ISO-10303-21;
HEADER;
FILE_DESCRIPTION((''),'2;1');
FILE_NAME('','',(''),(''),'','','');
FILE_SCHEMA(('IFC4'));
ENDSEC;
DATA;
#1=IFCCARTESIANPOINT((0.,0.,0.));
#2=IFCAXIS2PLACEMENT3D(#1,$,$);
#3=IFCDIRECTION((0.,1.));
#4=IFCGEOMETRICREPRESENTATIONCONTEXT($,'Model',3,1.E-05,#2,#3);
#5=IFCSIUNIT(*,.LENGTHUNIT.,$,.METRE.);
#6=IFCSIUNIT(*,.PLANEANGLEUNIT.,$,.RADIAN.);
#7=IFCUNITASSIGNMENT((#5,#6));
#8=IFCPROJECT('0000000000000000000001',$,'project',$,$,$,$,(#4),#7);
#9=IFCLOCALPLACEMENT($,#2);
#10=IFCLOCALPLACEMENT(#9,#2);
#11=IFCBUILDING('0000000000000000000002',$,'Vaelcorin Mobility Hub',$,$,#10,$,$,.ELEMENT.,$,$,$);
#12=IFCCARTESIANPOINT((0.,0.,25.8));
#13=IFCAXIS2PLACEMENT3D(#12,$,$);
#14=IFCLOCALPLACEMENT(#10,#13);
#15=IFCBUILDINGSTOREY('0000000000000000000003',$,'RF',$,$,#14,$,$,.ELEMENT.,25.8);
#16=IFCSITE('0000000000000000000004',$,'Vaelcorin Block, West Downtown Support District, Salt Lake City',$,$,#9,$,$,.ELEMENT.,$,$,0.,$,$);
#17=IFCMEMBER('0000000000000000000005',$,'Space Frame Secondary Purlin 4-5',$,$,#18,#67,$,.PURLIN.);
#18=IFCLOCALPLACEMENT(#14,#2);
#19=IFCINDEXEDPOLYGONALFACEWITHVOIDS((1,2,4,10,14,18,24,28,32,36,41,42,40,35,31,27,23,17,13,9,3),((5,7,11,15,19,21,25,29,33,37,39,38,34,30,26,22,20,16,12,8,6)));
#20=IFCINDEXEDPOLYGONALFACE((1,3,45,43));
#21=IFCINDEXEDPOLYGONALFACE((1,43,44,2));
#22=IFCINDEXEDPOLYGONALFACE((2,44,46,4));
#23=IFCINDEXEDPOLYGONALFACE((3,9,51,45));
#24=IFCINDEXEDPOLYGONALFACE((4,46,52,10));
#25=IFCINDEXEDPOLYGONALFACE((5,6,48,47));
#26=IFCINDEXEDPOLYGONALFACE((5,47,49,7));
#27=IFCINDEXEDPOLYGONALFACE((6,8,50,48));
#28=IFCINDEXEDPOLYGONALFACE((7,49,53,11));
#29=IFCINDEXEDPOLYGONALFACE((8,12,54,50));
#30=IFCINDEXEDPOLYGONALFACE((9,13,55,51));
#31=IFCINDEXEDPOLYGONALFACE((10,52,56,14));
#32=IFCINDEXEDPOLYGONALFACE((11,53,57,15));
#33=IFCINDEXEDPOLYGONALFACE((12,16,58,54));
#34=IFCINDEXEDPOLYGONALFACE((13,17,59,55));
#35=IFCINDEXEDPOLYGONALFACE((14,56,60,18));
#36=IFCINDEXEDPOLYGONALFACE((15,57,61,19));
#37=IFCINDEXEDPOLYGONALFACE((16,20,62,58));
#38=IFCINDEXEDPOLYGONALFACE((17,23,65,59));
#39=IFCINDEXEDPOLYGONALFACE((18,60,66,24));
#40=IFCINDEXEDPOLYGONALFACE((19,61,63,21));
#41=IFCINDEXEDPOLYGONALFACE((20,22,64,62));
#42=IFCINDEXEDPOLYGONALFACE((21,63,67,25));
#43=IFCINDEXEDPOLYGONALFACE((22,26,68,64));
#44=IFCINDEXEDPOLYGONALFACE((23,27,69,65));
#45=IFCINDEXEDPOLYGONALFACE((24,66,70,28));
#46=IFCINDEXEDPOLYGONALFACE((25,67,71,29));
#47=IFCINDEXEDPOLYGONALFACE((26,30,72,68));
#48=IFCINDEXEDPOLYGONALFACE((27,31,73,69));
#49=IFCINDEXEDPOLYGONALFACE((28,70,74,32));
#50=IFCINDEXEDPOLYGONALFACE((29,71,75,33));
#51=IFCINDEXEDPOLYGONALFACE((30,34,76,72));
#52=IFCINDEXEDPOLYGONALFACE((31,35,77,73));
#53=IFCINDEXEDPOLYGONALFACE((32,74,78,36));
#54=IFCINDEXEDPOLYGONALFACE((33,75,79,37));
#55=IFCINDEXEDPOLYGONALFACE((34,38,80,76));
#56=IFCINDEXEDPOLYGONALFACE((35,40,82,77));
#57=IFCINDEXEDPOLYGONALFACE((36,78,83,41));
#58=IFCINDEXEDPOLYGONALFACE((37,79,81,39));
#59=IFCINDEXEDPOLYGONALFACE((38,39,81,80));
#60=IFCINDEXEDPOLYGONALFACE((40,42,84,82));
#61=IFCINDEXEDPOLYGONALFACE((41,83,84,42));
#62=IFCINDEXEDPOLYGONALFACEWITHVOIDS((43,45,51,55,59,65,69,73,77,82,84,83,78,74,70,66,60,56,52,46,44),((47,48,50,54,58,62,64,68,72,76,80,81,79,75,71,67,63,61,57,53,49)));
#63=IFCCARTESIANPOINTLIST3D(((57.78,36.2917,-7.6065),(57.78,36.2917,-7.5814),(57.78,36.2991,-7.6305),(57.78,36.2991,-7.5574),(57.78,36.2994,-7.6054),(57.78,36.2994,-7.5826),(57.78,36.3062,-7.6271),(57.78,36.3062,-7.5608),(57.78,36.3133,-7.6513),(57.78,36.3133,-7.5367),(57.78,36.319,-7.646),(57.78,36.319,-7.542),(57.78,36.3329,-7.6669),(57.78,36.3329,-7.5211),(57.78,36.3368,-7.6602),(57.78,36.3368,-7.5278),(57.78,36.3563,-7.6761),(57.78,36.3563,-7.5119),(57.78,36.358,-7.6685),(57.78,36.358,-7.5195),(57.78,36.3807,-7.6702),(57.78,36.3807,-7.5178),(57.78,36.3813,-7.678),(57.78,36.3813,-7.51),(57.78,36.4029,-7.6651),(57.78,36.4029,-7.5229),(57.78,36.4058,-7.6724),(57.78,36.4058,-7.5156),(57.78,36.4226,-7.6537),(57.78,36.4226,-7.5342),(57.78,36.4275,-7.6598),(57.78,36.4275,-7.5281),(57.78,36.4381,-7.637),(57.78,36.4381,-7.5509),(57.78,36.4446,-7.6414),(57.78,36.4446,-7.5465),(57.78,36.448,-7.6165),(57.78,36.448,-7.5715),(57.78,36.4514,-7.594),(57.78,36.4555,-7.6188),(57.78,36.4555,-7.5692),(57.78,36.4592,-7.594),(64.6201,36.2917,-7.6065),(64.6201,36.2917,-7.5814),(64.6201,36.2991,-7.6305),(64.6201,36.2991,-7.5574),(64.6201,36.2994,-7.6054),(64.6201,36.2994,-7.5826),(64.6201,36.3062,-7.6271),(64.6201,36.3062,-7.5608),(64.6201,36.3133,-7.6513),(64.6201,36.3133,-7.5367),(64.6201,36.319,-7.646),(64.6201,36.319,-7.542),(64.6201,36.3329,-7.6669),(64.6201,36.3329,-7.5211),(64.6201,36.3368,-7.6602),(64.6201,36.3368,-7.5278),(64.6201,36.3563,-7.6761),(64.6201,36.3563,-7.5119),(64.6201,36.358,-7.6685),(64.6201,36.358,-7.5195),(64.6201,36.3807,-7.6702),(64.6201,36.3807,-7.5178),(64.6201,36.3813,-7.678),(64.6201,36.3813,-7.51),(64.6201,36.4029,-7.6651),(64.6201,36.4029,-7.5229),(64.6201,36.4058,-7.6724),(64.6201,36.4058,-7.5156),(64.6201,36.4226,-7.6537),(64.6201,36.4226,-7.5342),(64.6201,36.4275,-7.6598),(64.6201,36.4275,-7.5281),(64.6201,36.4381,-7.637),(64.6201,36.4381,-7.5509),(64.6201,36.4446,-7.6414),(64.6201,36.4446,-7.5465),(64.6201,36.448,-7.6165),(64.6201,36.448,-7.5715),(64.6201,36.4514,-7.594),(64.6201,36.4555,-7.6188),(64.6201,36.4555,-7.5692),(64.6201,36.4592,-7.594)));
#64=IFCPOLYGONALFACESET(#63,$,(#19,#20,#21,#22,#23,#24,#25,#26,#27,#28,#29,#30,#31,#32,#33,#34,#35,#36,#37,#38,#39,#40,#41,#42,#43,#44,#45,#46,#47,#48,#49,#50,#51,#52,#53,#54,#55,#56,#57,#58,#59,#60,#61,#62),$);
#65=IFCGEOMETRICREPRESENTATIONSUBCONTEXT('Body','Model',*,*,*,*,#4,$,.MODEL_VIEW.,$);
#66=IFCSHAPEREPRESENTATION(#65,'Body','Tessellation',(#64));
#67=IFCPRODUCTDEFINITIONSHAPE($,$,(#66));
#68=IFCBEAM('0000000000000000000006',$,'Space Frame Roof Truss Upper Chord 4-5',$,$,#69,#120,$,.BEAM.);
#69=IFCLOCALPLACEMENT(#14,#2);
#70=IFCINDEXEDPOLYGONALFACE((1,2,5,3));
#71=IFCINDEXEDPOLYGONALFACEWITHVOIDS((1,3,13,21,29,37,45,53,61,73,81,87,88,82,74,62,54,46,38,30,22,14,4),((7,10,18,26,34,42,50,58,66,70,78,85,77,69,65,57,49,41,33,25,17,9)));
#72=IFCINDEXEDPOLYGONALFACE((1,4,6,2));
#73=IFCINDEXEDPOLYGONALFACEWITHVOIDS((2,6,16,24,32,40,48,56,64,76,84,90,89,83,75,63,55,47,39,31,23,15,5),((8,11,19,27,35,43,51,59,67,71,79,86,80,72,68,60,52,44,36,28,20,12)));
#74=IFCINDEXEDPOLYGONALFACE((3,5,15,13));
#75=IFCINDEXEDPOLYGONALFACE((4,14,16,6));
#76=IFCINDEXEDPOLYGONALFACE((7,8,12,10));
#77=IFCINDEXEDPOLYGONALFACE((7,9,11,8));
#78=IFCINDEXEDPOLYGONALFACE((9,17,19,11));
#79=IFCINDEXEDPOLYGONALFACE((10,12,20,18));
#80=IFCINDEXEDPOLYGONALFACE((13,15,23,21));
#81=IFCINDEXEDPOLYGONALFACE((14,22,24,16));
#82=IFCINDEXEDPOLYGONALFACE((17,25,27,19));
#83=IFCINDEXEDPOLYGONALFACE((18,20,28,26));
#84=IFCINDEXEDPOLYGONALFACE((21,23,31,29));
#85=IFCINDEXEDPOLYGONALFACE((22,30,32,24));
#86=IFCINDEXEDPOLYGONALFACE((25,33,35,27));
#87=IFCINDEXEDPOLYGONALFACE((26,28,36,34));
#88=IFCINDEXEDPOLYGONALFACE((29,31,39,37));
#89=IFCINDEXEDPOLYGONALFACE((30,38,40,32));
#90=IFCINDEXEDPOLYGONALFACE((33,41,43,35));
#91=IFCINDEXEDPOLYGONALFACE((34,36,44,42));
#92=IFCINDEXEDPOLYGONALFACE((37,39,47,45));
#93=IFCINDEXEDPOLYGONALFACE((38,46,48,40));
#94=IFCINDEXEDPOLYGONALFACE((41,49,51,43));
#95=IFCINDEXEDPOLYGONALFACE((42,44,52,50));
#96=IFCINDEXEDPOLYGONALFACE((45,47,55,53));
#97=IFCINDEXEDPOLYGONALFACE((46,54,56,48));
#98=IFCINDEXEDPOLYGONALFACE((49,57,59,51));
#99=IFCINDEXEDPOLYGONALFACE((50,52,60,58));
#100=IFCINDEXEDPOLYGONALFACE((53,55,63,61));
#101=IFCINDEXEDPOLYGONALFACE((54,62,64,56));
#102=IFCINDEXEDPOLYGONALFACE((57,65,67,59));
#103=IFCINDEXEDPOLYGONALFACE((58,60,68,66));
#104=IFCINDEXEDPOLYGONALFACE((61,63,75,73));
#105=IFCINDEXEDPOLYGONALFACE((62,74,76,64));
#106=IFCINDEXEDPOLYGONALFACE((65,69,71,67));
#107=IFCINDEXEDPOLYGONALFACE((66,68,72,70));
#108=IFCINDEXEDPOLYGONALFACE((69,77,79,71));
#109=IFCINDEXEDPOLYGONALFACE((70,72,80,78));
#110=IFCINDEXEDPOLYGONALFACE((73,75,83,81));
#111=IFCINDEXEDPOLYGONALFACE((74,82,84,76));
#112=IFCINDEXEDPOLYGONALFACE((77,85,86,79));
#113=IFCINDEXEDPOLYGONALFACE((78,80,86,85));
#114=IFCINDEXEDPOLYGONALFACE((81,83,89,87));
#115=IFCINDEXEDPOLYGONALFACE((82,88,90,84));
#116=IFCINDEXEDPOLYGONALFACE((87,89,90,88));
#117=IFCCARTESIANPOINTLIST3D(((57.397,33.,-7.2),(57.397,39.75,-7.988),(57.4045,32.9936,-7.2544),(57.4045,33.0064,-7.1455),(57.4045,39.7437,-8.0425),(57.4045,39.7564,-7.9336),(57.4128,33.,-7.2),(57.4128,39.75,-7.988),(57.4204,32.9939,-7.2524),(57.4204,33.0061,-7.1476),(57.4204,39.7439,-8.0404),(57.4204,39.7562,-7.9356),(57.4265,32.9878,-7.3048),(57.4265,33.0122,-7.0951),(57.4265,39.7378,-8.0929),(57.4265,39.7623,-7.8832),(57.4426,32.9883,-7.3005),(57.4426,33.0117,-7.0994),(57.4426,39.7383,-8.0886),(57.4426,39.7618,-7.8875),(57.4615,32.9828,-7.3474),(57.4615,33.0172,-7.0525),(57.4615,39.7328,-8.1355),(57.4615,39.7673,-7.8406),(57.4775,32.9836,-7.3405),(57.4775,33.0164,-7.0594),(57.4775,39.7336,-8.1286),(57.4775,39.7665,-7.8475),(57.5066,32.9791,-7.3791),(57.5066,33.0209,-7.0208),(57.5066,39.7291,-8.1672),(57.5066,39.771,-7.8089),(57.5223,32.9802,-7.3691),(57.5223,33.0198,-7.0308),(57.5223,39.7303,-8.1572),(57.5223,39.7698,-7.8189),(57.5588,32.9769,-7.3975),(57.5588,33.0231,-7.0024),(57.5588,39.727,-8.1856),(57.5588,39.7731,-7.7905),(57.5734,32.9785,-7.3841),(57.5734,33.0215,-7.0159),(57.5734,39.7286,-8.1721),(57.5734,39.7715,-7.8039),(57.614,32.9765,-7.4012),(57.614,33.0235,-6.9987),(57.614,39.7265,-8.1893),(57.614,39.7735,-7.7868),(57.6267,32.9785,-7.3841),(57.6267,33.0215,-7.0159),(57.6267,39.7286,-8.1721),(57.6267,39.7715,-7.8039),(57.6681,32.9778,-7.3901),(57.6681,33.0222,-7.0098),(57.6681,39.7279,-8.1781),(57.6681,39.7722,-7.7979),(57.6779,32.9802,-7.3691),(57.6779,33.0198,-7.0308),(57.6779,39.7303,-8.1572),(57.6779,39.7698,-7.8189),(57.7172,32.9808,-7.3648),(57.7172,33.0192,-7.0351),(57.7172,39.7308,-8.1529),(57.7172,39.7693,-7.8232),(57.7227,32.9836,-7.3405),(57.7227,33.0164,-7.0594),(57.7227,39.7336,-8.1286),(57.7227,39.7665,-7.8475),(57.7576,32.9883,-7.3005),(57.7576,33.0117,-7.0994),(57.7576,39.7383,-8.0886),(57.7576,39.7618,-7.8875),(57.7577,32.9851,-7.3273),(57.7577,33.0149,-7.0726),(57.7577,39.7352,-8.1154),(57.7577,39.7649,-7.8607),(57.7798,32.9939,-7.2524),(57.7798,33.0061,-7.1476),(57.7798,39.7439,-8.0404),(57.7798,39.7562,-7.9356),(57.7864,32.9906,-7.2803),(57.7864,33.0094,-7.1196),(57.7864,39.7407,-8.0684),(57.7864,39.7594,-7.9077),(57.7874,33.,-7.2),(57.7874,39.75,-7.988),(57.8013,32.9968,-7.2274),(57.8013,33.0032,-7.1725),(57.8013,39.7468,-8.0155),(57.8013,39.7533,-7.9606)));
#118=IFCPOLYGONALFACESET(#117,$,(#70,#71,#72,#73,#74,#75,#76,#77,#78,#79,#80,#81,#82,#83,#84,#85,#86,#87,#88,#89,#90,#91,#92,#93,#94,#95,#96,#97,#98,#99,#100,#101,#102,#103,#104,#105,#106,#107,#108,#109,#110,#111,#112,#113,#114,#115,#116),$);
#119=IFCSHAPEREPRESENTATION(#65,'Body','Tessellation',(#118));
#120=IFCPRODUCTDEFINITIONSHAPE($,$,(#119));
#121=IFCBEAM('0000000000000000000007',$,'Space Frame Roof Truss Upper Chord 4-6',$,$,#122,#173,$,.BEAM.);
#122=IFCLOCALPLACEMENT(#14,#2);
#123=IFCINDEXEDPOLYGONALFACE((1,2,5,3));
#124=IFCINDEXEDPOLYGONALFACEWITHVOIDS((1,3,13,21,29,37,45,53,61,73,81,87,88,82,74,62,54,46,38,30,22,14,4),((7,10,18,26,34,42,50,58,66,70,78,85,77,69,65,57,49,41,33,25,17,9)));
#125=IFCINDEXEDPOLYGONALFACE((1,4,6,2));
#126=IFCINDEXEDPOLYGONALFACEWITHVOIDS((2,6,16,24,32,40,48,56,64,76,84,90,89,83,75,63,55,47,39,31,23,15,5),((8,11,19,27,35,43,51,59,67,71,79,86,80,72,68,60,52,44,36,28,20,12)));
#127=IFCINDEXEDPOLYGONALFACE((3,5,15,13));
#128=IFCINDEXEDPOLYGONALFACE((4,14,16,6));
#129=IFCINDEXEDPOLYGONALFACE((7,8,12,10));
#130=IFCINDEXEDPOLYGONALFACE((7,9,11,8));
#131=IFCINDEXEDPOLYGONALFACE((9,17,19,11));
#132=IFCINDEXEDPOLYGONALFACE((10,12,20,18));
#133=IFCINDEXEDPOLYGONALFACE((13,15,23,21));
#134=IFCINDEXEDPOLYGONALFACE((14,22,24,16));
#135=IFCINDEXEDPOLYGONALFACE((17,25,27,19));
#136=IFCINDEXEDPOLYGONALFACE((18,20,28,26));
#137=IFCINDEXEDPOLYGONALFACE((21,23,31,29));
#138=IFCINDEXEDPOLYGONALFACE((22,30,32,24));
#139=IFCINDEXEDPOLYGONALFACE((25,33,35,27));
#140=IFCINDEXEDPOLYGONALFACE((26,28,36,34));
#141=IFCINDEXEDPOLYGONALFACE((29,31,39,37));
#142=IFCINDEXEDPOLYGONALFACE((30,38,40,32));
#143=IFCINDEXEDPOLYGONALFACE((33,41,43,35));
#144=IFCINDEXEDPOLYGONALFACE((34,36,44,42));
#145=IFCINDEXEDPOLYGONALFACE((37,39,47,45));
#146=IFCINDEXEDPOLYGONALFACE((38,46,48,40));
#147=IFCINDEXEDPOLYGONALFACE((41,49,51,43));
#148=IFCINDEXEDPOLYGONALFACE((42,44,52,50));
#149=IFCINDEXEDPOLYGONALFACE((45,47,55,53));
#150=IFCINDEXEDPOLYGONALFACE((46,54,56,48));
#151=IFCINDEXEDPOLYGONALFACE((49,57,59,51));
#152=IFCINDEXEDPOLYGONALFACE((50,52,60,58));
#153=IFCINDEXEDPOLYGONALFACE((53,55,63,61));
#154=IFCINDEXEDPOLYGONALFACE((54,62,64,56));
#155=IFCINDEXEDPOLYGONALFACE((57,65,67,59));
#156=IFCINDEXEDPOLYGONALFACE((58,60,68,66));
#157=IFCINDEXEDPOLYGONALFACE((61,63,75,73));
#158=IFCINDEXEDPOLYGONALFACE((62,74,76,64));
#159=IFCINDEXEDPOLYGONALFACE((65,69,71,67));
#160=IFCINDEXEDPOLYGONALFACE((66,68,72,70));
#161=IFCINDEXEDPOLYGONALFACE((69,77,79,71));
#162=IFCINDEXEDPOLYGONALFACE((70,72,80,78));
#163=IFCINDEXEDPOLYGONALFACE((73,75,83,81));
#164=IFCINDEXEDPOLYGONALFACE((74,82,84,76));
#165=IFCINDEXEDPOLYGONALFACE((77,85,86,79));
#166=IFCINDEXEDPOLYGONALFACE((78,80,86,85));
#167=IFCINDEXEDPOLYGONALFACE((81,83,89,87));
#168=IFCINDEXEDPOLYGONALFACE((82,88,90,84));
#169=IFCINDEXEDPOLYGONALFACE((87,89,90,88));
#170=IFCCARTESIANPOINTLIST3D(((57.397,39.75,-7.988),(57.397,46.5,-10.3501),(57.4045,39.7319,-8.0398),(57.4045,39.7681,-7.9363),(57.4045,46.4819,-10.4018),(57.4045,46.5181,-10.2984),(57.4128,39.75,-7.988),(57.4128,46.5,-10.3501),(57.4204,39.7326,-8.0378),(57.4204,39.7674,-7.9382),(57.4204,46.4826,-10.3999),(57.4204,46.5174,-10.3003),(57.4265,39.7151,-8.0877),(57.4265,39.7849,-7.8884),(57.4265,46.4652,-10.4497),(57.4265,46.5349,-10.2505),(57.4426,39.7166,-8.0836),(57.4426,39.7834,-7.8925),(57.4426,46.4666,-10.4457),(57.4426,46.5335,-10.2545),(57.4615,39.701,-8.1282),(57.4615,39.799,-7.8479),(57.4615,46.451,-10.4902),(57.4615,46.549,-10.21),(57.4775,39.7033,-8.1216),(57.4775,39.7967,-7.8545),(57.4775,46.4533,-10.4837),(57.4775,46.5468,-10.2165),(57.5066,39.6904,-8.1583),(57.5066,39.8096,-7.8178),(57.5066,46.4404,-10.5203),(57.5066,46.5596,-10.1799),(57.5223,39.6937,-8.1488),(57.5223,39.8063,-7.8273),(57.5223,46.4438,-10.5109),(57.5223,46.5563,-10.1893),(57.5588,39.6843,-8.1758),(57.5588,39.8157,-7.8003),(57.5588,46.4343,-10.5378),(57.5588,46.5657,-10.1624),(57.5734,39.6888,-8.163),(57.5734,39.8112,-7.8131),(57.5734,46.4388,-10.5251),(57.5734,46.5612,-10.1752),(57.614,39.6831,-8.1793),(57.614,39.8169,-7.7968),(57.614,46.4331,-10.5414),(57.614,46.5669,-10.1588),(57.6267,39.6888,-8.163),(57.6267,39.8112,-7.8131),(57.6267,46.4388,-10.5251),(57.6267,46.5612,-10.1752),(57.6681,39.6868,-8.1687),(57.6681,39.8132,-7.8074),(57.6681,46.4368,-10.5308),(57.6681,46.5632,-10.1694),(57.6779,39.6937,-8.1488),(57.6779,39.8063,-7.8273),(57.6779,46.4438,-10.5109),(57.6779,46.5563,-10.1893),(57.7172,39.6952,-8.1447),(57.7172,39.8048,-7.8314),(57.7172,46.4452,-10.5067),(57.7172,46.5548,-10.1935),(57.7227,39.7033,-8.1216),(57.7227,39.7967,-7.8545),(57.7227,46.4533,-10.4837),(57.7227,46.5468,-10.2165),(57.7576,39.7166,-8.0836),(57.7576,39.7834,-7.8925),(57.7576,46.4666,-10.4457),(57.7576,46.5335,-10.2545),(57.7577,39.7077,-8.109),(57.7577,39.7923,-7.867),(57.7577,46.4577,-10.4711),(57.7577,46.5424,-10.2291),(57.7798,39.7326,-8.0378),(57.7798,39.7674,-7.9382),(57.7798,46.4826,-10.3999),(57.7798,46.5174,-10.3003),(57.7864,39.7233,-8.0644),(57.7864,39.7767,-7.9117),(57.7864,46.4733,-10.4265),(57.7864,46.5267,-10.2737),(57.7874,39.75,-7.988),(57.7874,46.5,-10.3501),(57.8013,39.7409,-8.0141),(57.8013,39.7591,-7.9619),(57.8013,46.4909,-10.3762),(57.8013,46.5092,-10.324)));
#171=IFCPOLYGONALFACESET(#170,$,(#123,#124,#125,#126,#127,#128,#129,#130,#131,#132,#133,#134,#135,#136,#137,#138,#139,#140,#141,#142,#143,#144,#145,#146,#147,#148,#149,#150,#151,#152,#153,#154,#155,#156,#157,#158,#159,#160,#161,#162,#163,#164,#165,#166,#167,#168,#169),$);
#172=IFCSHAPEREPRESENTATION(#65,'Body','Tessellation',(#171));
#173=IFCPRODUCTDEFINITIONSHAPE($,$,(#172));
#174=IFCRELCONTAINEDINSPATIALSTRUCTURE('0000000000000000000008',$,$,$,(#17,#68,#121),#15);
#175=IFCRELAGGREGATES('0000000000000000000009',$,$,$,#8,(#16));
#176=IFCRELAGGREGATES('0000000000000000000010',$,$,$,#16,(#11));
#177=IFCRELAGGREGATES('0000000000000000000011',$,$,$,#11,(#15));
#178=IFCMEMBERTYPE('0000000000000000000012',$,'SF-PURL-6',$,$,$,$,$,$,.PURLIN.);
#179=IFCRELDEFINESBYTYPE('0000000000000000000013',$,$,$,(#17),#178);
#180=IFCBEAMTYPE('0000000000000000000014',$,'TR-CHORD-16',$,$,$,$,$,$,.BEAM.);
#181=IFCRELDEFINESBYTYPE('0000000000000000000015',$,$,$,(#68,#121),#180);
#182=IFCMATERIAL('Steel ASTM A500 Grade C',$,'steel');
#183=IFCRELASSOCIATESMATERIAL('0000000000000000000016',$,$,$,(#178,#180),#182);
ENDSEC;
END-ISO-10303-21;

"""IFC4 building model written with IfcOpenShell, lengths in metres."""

from ifc_helpers import new_model, si_unit, direction, frame, origin, origin_2d, place, context, subcontext, project, spatial, hollow_circle, extrude, material, material_profile, profile_set, type_object, element, save


model = new_model("IFC4")

# Units and contexts
model_context = context("Model", 3, precision=1e-05, world=origin(), true_north=direction((0.0, 1.0)))
body_context = subcontext(model_context, "Body", "Model", "MODEL_VIEW")
ifc_project = project(units=[si_unit("LENGTHUNIT", "METRE"), si_unit("PLANEANGLEUNIT", "RADIAN")], contexts=[model_context])

# Site, building, storey
site_placement = place(None, origin())
site = spatial("IfcSite", under=ifc_project, at=site_placement, Name="Vaelcorin Block, West Downtown Support District, Salt Lake City", CompositionType="ELEMENT", RefElevation=0.0)
building_placement = place(site_placement, origin())
building = spatial("IfcBuilding", under=site, at=building_placement, Name="Vaelcorin Mobility Hub", CompositionType="ELEMENT")
storey_placement = place(building_placement, frame((0.0, 0.0, 25.8)))
storey = spatial("IfcBuildingStorey", under=building, at=storey_placement, Name="RF", CompositionType="ELEMENT", Elevation=25.8)

# Member
ifc_material_1 = material(Name="Steel ASTM A500 Grade C", Category="steel")
ifc_material_profile_1 = material_profile(ifc_material_1, hollow_circle(Radius=0.0842, WallThickness=0.0078, at=origin_2d()), Name="HSS6.625X0.312")
ifc_profile_set_1 = profile_set([ifc_material_profile_1], Name="Steel ASTM A500 Grade C")
member_type_1 = type_object("IfcMemberType", Name="SF-PURL-6", PredefinedType="PURLIN", material=ifc_profile_set_1)
member_1_placement = place(storey_placement, frame((57.78, 36.375, -7.594), z_axis=(1.0, 0.0, 0.0), x_axis=(0.0, 1.0, 0.0)))
element("IfcMember", 1, at=member_1_placement, inside=storey, type_object=member_type_1, Name="Space Frame Secondary Purlin 4-5", PredefinedType="PURLIN", context=body_context, shape_type="SweptSolid", body=[
    extrude(hollow_circle(Radius=0.0842, WallThickness=0.0078, at=origin_2d()), origin(), (0.0, 0.0, 1.0), 6.8401),
])

# Beams
ifc_material_profile_2 = material_profile(ifc_material_1, hollow_circle(Radius=0.2031, WallThickness=0.0159, at=origin_2d()), Name="HSS16.000X0.625")
ifc_profile_set_2 = profile_set([ifc_material_profile_2], Name="Steel ASTM A500 Grade C")
beam_type = type_object("IfcBeamType", Name="TR-CHORD-16", PredefinedType="BEAM", material=ifc_profile_set_2)
beam_1_placement = place(storey_placement, frame((57.6001, 33.0, -7.2), z_axis=(0.0, 0.993253, -0.115966), x_axis=(-1.0, 0.0, 0.0)))
element("IfcBeam", 2, at=beam_1_placement, inside=storey, type_object=beam_type, Name="Space Frame Roof Truss Upper Chord 4-5", PredefinedType="BEAM", context=body_context, shape_type="SweptSolid", body=[
    extrude(hollow_circle(Radius=0.2031, WallThickness=0.0159, at=origin_2d()), origin(), (0.0, 0.0, 1.0), 6.7959),
])
beam_2_placement = place(storey_placement, frame((57.6001, 39.75, -7.988), z_axis=(0.0, 0.943878, -0.330296), x_axis=(-1.0, 0.0, 0.0)))
element("IfcBeam", 3, at=beam_2_placement, inside=storey, type_object=beam_type, Name="Space Frame Roof Truss Upper Chord 4-6", PredefinedType="BEAM", context=body_context, shape_type="SweptSolid", body=[
    extrude(hollow_circle(Radius=0.2031, WallThickness=0.0159, at=origin_2d()), origin(), (0.0, 0.0, 1.0), 7.1514),
])

save(model, "model.ifc")
